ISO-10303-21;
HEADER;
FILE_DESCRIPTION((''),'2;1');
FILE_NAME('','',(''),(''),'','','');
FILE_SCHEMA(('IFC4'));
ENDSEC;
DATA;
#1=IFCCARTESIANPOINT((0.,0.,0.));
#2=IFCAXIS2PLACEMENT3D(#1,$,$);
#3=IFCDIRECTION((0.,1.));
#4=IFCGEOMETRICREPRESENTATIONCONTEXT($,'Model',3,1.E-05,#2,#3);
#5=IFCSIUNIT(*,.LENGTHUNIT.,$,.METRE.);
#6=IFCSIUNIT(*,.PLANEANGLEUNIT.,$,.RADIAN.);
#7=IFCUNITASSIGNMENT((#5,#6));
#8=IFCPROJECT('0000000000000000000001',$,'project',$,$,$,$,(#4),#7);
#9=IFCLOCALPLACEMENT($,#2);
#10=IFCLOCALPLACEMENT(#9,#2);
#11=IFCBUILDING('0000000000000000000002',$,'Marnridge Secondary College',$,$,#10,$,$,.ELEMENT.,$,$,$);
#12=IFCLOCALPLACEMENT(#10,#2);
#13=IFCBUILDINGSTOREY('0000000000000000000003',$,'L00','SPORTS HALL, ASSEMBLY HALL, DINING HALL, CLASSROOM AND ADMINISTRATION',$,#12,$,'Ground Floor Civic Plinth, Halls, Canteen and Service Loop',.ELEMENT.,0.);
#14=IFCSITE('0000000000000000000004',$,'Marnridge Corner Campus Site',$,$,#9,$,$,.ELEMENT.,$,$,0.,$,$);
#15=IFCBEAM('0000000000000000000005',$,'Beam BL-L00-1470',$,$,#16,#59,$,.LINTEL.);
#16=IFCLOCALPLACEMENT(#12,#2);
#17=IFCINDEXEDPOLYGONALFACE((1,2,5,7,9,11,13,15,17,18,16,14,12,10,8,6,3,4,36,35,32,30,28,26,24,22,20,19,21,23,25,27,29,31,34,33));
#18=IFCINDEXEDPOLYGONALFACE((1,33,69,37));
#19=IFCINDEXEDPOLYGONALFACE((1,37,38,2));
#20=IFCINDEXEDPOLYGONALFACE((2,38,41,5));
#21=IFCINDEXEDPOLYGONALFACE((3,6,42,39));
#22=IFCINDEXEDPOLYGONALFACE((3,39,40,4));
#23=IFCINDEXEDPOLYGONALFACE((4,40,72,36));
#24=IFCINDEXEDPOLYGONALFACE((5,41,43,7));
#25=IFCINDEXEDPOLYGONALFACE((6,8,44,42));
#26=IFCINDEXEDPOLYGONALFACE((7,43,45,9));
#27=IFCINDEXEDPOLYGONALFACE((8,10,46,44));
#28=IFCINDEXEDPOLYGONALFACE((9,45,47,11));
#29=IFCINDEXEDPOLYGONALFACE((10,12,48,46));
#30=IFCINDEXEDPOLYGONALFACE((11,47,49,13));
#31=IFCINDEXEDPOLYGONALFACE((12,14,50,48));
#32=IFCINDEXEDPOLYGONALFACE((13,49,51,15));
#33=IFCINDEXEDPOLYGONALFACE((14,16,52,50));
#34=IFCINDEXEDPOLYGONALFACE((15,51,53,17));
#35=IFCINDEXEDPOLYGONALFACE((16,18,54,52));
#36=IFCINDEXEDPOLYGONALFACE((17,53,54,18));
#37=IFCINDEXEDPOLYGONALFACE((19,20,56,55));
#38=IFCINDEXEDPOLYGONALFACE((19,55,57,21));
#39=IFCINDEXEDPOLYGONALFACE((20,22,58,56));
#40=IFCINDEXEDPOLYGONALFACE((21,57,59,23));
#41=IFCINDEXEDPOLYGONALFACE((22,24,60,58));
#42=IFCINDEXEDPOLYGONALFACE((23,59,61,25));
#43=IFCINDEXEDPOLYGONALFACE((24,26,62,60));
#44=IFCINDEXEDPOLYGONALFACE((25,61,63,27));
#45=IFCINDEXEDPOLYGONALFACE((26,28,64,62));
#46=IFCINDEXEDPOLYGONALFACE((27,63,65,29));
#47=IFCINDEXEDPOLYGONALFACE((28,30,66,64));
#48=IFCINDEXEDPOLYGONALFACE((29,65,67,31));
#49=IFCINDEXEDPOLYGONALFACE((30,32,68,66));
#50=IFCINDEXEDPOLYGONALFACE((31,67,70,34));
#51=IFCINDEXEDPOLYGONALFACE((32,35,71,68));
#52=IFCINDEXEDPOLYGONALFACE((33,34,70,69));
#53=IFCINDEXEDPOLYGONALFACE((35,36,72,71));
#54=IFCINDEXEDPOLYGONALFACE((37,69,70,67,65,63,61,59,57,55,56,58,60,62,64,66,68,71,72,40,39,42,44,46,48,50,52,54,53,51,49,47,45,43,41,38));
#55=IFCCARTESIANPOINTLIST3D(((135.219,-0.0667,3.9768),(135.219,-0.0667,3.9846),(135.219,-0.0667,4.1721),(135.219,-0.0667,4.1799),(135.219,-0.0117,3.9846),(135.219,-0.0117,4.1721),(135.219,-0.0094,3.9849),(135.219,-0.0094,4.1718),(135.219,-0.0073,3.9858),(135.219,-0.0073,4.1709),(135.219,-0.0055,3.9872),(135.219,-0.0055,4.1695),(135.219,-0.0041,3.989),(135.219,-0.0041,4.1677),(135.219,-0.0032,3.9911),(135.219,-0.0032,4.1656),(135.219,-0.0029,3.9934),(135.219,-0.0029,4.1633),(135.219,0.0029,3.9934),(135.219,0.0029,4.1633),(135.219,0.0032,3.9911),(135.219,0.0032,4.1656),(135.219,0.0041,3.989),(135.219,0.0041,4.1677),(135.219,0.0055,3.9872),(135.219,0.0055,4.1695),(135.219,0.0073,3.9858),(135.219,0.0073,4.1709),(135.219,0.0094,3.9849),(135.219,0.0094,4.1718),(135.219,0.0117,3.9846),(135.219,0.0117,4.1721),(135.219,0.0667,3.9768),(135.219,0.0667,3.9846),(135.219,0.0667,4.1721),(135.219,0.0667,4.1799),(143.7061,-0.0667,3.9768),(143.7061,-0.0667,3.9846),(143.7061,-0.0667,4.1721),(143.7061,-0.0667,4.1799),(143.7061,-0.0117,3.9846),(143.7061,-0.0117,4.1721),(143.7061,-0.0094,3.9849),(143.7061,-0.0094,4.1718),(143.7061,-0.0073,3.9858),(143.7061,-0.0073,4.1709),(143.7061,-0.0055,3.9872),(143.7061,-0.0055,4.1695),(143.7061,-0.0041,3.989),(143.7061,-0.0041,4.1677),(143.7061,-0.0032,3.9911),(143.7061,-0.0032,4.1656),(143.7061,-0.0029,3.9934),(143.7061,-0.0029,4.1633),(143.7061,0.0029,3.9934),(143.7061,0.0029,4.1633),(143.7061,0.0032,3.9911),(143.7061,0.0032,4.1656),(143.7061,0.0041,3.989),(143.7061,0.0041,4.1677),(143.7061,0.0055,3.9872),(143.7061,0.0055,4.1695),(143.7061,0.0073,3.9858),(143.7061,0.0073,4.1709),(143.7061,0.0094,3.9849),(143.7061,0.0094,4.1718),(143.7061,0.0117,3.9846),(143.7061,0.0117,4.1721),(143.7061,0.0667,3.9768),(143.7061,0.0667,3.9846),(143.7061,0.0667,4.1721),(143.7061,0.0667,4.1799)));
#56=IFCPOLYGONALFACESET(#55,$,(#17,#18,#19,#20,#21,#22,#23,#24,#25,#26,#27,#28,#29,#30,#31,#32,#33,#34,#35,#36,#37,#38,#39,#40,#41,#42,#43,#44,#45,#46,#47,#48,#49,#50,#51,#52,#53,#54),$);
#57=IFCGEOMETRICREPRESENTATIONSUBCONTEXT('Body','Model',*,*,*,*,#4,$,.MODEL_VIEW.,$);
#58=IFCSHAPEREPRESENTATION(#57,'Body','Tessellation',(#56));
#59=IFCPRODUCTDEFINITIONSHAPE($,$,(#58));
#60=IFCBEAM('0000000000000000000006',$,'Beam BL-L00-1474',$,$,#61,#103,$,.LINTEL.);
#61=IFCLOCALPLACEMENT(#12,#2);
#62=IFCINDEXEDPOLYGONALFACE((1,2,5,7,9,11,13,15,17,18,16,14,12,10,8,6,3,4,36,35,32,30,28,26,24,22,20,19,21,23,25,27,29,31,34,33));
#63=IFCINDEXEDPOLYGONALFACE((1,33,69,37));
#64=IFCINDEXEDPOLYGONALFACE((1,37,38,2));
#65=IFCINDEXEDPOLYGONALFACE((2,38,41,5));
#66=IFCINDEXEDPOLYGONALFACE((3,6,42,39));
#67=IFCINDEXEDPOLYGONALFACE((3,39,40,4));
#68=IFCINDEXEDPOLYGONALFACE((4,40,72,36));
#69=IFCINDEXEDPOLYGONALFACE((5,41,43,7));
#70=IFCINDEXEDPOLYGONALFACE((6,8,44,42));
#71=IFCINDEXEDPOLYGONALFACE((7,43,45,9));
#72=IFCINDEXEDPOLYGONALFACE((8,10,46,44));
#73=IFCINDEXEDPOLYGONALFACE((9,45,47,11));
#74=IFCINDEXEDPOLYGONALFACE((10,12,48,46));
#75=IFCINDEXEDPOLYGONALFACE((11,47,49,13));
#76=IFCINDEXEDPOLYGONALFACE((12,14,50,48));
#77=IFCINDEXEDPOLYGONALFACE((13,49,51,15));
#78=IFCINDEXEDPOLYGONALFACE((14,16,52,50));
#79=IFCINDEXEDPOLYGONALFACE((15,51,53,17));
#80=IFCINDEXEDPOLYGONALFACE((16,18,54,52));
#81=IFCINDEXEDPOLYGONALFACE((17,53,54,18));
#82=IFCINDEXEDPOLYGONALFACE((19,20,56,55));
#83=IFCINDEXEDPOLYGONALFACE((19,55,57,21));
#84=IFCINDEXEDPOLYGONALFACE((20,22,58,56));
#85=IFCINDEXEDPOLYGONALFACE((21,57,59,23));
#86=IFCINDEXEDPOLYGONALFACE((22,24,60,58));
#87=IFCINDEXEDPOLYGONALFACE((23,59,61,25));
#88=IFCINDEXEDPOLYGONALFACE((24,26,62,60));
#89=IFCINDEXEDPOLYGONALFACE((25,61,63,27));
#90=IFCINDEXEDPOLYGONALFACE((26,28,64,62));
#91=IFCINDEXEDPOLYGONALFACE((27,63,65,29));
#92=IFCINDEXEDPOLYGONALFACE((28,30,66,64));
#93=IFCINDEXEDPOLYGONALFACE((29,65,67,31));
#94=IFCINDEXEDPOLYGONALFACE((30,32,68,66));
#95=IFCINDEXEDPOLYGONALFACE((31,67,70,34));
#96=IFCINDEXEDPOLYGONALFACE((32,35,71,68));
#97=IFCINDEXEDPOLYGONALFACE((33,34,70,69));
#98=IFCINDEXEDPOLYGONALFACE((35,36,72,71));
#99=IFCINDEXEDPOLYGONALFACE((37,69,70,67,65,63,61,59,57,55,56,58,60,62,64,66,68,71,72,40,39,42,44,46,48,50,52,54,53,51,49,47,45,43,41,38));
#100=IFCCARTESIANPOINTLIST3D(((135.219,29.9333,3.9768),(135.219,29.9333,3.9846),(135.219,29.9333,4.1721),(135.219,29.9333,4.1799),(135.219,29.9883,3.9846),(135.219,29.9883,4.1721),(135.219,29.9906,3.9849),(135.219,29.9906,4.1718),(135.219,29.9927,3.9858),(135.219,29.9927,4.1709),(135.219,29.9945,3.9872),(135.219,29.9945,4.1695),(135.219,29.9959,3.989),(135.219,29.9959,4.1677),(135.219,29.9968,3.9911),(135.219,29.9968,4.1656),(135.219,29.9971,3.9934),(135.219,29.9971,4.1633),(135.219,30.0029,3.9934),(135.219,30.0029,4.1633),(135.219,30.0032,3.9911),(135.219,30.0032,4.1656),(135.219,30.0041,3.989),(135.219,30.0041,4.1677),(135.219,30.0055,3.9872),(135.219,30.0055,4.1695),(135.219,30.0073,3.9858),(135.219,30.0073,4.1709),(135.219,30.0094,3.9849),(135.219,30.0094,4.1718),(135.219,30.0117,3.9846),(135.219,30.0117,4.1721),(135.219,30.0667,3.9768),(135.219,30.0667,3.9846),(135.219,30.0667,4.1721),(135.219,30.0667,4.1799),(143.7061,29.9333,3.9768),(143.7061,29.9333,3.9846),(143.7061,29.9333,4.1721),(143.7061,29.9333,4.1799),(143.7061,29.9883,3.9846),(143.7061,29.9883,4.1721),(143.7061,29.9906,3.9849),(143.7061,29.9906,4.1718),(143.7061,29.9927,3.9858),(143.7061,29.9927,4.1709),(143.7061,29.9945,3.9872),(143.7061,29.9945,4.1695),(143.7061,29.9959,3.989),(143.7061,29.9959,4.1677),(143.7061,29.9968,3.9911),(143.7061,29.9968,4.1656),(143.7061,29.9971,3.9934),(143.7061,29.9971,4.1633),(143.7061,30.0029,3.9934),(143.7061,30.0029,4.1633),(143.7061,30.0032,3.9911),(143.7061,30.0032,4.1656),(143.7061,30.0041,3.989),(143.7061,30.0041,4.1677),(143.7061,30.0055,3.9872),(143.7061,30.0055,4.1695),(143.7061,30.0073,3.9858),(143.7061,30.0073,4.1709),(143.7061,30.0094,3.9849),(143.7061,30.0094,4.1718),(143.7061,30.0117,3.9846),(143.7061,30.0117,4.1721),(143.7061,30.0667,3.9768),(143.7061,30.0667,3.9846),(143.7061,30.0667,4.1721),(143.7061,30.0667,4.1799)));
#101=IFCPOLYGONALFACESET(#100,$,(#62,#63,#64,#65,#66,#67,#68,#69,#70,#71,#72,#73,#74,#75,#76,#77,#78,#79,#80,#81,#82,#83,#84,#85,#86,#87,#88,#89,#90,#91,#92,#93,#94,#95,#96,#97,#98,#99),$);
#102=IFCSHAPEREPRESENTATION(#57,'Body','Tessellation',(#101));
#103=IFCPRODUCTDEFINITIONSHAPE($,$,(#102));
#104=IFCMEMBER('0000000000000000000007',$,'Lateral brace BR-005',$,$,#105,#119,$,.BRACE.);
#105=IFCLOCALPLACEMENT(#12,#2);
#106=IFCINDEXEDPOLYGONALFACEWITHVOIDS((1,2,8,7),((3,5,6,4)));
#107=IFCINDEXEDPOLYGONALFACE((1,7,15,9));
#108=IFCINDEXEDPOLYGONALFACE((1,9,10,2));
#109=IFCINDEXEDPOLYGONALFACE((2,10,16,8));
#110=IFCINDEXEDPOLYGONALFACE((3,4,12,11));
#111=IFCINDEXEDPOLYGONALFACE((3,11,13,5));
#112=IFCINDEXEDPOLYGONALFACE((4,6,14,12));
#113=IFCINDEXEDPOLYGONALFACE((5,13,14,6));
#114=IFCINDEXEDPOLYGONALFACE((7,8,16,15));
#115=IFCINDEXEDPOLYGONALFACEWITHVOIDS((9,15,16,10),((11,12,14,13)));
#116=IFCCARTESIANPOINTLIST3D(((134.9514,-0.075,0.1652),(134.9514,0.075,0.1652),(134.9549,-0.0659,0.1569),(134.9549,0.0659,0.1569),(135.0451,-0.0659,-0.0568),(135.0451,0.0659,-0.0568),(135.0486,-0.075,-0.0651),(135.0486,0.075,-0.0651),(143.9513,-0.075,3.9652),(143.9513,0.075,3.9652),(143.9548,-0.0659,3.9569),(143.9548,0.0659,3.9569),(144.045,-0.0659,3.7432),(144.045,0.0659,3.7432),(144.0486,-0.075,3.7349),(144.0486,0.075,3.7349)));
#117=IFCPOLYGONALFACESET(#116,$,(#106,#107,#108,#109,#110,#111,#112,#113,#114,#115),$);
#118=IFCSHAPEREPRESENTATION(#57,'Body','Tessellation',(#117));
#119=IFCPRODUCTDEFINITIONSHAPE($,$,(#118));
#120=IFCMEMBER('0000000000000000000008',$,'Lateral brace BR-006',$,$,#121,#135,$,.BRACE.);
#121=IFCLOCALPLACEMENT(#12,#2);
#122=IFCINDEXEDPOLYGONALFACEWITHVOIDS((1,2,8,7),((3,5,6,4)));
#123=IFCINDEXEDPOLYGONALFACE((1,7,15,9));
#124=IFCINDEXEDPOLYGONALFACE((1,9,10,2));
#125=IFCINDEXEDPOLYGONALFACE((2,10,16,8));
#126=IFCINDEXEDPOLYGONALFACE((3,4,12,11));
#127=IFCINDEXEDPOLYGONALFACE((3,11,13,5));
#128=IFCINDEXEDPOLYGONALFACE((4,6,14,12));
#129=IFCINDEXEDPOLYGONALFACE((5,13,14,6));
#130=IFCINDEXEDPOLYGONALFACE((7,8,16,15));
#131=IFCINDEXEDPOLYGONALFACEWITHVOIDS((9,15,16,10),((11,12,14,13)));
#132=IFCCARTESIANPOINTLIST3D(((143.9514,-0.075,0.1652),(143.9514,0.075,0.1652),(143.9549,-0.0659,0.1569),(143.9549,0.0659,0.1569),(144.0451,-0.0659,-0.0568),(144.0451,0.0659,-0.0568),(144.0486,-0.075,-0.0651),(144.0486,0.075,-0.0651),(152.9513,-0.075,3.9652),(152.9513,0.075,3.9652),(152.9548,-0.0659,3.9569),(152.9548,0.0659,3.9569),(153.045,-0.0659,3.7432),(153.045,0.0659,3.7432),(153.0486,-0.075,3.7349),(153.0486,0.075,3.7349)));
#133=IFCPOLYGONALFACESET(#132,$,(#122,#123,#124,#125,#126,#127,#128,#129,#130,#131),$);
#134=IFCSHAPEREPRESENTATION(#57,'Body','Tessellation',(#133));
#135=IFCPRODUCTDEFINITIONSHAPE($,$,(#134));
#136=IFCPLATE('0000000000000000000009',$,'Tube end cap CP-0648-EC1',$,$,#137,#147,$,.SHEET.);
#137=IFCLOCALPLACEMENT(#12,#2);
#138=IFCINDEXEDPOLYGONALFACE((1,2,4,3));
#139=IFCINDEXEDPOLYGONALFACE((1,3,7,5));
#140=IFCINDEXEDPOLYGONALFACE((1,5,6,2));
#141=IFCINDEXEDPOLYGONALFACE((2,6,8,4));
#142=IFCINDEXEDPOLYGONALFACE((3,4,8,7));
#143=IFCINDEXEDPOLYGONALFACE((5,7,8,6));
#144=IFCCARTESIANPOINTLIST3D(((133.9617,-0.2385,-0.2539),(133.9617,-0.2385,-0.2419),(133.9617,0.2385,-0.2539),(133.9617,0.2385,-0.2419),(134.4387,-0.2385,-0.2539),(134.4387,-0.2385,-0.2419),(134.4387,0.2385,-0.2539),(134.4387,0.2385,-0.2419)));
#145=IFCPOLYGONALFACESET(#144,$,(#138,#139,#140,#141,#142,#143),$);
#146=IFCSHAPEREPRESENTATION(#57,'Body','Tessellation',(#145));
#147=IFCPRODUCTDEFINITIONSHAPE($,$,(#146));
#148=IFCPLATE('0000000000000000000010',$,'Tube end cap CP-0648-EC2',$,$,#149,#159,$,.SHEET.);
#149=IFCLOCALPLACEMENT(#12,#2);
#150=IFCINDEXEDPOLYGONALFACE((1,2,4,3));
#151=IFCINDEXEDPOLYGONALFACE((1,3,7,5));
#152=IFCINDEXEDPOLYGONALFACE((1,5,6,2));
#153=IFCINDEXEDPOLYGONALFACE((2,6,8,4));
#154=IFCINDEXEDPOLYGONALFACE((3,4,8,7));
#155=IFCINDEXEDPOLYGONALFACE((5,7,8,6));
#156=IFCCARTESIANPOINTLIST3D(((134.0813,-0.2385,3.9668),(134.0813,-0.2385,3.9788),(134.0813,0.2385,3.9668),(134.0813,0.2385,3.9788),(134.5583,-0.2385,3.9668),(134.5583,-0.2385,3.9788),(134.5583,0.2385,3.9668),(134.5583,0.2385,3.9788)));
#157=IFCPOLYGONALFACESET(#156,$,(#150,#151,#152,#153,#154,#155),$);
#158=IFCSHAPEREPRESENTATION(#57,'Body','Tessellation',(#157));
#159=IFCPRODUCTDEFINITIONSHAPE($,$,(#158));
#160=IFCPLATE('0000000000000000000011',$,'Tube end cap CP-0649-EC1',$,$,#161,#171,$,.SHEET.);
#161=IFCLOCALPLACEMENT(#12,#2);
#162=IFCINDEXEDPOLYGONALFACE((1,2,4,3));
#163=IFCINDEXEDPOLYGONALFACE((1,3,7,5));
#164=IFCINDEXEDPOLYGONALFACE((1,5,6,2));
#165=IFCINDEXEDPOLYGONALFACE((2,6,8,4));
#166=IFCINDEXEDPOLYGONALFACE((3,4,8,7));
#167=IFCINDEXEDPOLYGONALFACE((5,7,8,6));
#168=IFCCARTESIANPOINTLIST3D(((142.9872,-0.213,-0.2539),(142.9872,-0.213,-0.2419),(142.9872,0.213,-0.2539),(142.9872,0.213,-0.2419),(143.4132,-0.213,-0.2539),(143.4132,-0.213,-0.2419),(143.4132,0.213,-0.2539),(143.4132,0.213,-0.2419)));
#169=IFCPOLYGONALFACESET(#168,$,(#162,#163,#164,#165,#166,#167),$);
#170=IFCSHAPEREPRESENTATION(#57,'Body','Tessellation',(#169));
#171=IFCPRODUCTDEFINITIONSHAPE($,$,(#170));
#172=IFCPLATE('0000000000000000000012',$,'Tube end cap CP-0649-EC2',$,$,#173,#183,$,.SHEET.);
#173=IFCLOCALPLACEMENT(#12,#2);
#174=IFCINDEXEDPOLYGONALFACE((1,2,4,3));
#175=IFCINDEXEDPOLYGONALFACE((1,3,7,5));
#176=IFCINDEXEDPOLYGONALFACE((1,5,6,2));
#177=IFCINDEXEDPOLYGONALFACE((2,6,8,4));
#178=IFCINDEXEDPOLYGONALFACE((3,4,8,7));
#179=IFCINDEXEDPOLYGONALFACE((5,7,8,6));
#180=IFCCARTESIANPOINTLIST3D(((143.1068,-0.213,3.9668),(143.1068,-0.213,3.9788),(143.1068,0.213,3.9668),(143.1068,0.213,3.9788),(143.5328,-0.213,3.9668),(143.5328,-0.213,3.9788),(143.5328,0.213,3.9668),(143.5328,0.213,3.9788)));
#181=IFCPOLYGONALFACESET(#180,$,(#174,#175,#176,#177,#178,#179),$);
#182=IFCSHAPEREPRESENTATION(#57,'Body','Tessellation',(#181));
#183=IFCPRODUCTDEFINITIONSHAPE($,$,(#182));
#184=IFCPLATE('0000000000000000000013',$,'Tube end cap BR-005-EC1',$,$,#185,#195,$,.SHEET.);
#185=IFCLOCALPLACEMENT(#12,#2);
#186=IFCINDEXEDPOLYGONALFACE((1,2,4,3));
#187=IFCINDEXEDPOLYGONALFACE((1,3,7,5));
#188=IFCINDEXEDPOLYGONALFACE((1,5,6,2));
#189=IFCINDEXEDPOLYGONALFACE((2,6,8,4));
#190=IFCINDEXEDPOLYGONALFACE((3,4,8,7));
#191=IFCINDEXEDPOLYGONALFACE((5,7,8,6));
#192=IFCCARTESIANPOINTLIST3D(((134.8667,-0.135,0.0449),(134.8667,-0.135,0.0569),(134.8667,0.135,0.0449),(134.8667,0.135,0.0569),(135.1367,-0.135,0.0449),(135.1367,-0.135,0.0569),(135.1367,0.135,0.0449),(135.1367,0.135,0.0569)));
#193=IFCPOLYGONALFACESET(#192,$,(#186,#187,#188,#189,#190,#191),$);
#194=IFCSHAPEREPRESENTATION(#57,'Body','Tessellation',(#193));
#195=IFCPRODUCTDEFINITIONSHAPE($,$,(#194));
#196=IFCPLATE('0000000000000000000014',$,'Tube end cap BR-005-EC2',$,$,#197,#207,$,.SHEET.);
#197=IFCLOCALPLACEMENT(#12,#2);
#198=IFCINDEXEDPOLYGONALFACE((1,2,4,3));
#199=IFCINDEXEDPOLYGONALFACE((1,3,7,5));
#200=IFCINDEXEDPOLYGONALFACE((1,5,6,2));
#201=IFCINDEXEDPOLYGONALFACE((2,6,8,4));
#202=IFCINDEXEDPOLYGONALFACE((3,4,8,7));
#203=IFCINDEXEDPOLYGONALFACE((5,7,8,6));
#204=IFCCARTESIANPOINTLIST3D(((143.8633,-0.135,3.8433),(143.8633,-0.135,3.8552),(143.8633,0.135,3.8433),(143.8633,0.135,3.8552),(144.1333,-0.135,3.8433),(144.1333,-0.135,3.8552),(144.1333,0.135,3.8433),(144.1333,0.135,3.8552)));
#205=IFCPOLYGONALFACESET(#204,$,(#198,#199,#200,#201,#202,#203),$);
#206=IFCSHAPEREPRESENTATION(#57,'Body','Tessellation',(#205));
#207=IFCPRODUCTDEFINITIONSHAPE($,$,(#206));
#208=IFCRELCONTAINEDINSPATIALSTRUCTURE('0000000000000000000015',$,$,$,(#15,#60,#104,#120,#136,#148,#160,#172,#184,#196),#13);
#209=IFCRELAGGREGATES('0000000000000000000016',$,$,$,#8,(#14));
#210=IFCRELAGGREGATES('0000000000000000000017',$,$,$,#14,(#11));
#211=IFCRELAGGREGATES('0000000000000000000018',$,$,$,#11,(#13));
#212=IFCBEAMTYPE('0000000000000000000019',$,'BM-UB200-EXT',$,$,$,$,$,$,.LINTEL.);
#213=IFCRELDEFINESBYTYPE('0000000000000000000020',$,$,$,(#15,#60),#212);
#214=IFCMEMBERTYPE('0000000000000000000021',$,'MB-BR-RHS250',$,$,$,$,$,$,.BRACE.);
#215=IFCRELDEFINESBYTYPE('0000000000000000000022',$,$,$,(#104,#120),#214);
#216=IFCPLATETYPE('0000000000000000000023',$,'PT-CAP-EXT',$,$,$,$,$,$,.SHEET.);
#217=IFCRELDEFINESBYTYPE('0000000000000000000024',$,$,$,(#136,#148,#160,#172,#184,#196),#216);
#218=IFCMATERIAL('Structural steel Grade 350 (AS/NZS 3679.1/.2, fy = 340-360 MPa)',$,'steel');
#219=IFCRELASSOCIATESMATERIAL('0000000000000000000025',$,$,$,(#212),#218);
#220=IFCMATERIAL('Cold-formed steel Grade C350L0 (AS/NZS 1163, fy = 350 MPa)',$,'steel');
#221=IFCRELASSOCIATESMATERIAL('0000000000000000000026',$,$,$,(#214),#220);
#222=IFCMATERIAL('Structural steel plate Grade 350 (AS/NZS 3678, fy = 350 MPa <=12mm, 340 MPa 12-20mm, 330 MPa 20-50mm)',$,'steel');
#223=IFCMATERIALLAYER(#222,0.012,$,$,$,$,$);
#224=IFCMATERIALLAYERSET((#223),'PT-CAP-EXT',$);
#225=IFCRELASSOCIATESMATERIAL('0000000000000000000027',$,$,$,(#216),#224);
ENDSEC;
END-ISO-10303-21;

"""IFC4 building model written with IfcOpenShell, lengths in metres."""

from ifc_helpers import new_model, si_unit, direction, frame, origin, origin_2d, place, context, subcontext, project, spatial, rectangle, hollow_rectangle, i_section, extrude, material, layer, layer_set, material_profile, profile_set, type_object, element, save


model = new_model("IFC4")

# Units and contexts
model_context = context("Model", 3, precision=1e-05, world=origin(), true_north=direction((0.0, 1.0)))
body_context = subcontext(model_context, "Body", "Model", "MODEL_VIEW")
ifc_project = project(units=[si_unit("LENGTHUNIT", "METRE"), si_unit("PLANEANGLEUNIT", "RADIAN")], contexts=[model_context])

# Site, building, storey
site_placement = place(None, origin())
site = spatial("IfcSite", under=ifc_project, at=site_placement, Name="Marnridge Corner Campus Site", CompositionType="ELEMENT", RefElevation=0.0)
building_placement = place(site_placement, origin())
building = spatial("IfcBuilding", under=site, at=building_placement, Name="Marnridge Secondary College", CompositionType="ELEMENT")
storey_placement = place(building_placement, origin())
storey = spatial("IfcBuildingStorey", under=building, at=storey_placement, Name="L00", Description="SPORTS HALL, ASSEMBLY HALL, DINING HALL, CLASSROOM AND ADMINISTRATION", LongName="Ground Floor Civic Plinth, Halls, Canteen and Service Loop", CompositionType="ELEMENT", Elevation=0.0)

# Beams
ifc_material_1 = material(Name="Structural steel Grade 350 (AS/NZS 3679.1/.2, fy = 340-360 MPa)", Category="steel")
ifc_material_profile_1 = material_profile(ifc_material_1, i_section(OverallWidth=0.1333, OverallDepth=0.2031, WebThickness=0.0059, FlangeThickness=0.0078, FilletRadius=0.0088, at=origin_2d()), Name="200UB25.4")
ifc_profile_set_1 = profile_set([ifc_material_profile_1], Name="Structural steel Grade 350 (AS/NZS 3679.1/.2, fy = 340-360 MPa)")
beam_type = type_object("IfcBeamType", Name="BM-UB200-EXT", PredefinedType="LINTEL", material=ifc_profile_set_1)
for number, where, z_axis, x_axis, name in (
    (1, (135.219, 0.0, 4.0784), (1.0, 0.0, 0.0), (0.0, 1.0, 0.0), "Beam BL-L00-1470"),
    (2, (135.219, 30.0, 4.0784), (1.0, 0.0, 0.0), (0.0, 1.0, 0.0), "Beam BL-L00-1474"),
):
    element("IfcBeam", number, at=place(storey_placement, frame(where, z_axis=z_axis, x_axis=x_axis)), inside=storey, type_object=beam_type, Name=name, PredefinedType="LINTEL", context=body_context, shape_type="SweptSolid", body=[
        extrude(i_section(OverallWidth=0.1333, OverallDepth=0.2031, WebThickness=0.0059, FlangeThickness=0.0078, FilletRadius=0.0088, at=origin_2d()), origin(), (0.0, 0.0, 1.0), 8.4871),
    ])

# Members
ifc_material_2 = material(Name="Cold-formed steel Grade C350L0 (AS/NZS 1163, fy = 350 MPa)", Category="steel")
ifc_material_profile_2 = material_profile(ifc_material_2, hollow_rectangle(XDim=0.1499, YDim=0.25, WallThickness=0.009, at=origin_2d()), Name="250x150x9.0RHS")
ifc_profile_set_2 = profile_set([ifc_material_profile_2], Name="Cold-formed steel Grade C350L0 (AS/NZS 1163, fy = 350 MPa)")
member_type = type_object("IfcMemberType", Name="MB-BR-RHS250", PredefinedType="BRACE", material=ifc_profile_set_2)
for number, where, z_axis, x_axis, name in (
    (3, (135.0, 0.0, 0.05), (0.921248, 0.0, 0.388976), (0.0, 1.0, 0.0), "Lateral brace BR-005"),
    (4, (144.0, 0.0, 0.05), (0.921248, 0.0, 0.388976), (0.0, 1.0, 0.0), "Lateral brace BR-006"),
):
    element("IfcMember", number, at=place(storey_placement, frame(where, z_axis=z_axis, x_axis=x_axis)), inside=storey, type_object=member_type, Name=name, PredefinedType="BRACE", context=body_context, shape_type="SweptSolid", body=[
        extrude(hollow_rectangle(XDim=0.1499, YDim=0.25, WallThickness=0.009, at=origin_2d()), origin(), (0.0, 0.0, 1.0), 9.7693),
    ])

# Plates
ifc_material_3 = material(Name="Structural steel plate Grade 350 (AS/NZS 3678, fy = 350 MPa <=12mm, 340 MPa 12-20mm, 330 MPa 20-50mm)", Category="steel")
ifc_layer_1 = layer(ifc_material_3, 0.012)
ifc_layer_set_1 = layer_set([ifc_layer_1], Name="PT-CAP-EXT")
plate_type_1 = type_object("IfcPlateType", Name="PT-CAP-EXT", PredefinedType="SHEET", material=ifc_layer_set_1)
for number, where, z_axis, x_axis, name in (
    (5, (134.2002, 0.0, -0.2539), (0.0, 0.0, 1.0), (1.0, 0.0, 0.0), "Tube end cap CP-0648-EC1"),
    (6, (134.3198, 0.0, 3.9668), (0.0, 0.0, 1.0), (1.0, 0.0, 0.0), "Tube end cap CP-0648-EC2"),
):
    element("IfcPlate", number, at=place(storey_placement, frame(where, z_axis=z_axis, x_axis=x_axis)), inside=storey, type_object=plate_type_1, Name=name, PredefinedType="SHEET", context=body_context, shape_type="SweptSolid", body=[
        extrude(rectangle(XDim=0.4771, YDim=0.4771, at=origin_2d()), origin(), (0.0, 0.0, 1.0), 0.012),
    ])
for number, where, z_axis, x_axis, name in (
    (7, (143.2002, 0.0, -0.2539), (0.0, 0.0, 1.0), (1.0, 0.0, 0.0), "Tube end cap CP-0649-EC1"),
    (8, (143.3198, 0.0, 3.9668), (0.0, 0.0, 1.0), (1.0, 0.0, 0.0), "Tube end cap CP-0649-EC2"),
):
    element("IfcPlate", number, at=place(storey_placement, frame(where, z_axis=z_axis, x_axis=x_axis)), inside=storey, type_object=plate_type_1, Name=name, PredefinedType="SHEET", context=body_context, shape_type="SweptSolid", body=[
        extrude(rectangle(XDim=0.426, YDim=0.426, at=origin_2d()), origin(), (0.0, 0.0, 1.0), 0.012),
    ])
for number, where, z_axis, x_axis, name in (
    (9, (135.0017, 0.0, 0.0449), (0.0, 0.0, 1.0), (1.0, 0.0, 0.0), "Tube end cap BR-005-EC1"),
    (10, (143.9983, 0.0, 3.8433), (0.0, 0.0, 1.0), (1.0, 0.0, 0.0), "Tube end cap BR-005-EC2"),
):
    element("IfcPlate", number, at=place(storey_placement, frame(where, z_axis=z_axis, x_axis=x_axis)), inside=storey, type_object=plate_type_1, Name=name, PredefinedType="SHEET", context=body_context, shape_type="SweptSolid", body=[
        extrude(rectangle(XDim=0.27, YDim=0.27, at=origin_2d()), origin(), (0.0, 0.0, 1.0), 0.012),
    ])

save(model, "model.ifc")
